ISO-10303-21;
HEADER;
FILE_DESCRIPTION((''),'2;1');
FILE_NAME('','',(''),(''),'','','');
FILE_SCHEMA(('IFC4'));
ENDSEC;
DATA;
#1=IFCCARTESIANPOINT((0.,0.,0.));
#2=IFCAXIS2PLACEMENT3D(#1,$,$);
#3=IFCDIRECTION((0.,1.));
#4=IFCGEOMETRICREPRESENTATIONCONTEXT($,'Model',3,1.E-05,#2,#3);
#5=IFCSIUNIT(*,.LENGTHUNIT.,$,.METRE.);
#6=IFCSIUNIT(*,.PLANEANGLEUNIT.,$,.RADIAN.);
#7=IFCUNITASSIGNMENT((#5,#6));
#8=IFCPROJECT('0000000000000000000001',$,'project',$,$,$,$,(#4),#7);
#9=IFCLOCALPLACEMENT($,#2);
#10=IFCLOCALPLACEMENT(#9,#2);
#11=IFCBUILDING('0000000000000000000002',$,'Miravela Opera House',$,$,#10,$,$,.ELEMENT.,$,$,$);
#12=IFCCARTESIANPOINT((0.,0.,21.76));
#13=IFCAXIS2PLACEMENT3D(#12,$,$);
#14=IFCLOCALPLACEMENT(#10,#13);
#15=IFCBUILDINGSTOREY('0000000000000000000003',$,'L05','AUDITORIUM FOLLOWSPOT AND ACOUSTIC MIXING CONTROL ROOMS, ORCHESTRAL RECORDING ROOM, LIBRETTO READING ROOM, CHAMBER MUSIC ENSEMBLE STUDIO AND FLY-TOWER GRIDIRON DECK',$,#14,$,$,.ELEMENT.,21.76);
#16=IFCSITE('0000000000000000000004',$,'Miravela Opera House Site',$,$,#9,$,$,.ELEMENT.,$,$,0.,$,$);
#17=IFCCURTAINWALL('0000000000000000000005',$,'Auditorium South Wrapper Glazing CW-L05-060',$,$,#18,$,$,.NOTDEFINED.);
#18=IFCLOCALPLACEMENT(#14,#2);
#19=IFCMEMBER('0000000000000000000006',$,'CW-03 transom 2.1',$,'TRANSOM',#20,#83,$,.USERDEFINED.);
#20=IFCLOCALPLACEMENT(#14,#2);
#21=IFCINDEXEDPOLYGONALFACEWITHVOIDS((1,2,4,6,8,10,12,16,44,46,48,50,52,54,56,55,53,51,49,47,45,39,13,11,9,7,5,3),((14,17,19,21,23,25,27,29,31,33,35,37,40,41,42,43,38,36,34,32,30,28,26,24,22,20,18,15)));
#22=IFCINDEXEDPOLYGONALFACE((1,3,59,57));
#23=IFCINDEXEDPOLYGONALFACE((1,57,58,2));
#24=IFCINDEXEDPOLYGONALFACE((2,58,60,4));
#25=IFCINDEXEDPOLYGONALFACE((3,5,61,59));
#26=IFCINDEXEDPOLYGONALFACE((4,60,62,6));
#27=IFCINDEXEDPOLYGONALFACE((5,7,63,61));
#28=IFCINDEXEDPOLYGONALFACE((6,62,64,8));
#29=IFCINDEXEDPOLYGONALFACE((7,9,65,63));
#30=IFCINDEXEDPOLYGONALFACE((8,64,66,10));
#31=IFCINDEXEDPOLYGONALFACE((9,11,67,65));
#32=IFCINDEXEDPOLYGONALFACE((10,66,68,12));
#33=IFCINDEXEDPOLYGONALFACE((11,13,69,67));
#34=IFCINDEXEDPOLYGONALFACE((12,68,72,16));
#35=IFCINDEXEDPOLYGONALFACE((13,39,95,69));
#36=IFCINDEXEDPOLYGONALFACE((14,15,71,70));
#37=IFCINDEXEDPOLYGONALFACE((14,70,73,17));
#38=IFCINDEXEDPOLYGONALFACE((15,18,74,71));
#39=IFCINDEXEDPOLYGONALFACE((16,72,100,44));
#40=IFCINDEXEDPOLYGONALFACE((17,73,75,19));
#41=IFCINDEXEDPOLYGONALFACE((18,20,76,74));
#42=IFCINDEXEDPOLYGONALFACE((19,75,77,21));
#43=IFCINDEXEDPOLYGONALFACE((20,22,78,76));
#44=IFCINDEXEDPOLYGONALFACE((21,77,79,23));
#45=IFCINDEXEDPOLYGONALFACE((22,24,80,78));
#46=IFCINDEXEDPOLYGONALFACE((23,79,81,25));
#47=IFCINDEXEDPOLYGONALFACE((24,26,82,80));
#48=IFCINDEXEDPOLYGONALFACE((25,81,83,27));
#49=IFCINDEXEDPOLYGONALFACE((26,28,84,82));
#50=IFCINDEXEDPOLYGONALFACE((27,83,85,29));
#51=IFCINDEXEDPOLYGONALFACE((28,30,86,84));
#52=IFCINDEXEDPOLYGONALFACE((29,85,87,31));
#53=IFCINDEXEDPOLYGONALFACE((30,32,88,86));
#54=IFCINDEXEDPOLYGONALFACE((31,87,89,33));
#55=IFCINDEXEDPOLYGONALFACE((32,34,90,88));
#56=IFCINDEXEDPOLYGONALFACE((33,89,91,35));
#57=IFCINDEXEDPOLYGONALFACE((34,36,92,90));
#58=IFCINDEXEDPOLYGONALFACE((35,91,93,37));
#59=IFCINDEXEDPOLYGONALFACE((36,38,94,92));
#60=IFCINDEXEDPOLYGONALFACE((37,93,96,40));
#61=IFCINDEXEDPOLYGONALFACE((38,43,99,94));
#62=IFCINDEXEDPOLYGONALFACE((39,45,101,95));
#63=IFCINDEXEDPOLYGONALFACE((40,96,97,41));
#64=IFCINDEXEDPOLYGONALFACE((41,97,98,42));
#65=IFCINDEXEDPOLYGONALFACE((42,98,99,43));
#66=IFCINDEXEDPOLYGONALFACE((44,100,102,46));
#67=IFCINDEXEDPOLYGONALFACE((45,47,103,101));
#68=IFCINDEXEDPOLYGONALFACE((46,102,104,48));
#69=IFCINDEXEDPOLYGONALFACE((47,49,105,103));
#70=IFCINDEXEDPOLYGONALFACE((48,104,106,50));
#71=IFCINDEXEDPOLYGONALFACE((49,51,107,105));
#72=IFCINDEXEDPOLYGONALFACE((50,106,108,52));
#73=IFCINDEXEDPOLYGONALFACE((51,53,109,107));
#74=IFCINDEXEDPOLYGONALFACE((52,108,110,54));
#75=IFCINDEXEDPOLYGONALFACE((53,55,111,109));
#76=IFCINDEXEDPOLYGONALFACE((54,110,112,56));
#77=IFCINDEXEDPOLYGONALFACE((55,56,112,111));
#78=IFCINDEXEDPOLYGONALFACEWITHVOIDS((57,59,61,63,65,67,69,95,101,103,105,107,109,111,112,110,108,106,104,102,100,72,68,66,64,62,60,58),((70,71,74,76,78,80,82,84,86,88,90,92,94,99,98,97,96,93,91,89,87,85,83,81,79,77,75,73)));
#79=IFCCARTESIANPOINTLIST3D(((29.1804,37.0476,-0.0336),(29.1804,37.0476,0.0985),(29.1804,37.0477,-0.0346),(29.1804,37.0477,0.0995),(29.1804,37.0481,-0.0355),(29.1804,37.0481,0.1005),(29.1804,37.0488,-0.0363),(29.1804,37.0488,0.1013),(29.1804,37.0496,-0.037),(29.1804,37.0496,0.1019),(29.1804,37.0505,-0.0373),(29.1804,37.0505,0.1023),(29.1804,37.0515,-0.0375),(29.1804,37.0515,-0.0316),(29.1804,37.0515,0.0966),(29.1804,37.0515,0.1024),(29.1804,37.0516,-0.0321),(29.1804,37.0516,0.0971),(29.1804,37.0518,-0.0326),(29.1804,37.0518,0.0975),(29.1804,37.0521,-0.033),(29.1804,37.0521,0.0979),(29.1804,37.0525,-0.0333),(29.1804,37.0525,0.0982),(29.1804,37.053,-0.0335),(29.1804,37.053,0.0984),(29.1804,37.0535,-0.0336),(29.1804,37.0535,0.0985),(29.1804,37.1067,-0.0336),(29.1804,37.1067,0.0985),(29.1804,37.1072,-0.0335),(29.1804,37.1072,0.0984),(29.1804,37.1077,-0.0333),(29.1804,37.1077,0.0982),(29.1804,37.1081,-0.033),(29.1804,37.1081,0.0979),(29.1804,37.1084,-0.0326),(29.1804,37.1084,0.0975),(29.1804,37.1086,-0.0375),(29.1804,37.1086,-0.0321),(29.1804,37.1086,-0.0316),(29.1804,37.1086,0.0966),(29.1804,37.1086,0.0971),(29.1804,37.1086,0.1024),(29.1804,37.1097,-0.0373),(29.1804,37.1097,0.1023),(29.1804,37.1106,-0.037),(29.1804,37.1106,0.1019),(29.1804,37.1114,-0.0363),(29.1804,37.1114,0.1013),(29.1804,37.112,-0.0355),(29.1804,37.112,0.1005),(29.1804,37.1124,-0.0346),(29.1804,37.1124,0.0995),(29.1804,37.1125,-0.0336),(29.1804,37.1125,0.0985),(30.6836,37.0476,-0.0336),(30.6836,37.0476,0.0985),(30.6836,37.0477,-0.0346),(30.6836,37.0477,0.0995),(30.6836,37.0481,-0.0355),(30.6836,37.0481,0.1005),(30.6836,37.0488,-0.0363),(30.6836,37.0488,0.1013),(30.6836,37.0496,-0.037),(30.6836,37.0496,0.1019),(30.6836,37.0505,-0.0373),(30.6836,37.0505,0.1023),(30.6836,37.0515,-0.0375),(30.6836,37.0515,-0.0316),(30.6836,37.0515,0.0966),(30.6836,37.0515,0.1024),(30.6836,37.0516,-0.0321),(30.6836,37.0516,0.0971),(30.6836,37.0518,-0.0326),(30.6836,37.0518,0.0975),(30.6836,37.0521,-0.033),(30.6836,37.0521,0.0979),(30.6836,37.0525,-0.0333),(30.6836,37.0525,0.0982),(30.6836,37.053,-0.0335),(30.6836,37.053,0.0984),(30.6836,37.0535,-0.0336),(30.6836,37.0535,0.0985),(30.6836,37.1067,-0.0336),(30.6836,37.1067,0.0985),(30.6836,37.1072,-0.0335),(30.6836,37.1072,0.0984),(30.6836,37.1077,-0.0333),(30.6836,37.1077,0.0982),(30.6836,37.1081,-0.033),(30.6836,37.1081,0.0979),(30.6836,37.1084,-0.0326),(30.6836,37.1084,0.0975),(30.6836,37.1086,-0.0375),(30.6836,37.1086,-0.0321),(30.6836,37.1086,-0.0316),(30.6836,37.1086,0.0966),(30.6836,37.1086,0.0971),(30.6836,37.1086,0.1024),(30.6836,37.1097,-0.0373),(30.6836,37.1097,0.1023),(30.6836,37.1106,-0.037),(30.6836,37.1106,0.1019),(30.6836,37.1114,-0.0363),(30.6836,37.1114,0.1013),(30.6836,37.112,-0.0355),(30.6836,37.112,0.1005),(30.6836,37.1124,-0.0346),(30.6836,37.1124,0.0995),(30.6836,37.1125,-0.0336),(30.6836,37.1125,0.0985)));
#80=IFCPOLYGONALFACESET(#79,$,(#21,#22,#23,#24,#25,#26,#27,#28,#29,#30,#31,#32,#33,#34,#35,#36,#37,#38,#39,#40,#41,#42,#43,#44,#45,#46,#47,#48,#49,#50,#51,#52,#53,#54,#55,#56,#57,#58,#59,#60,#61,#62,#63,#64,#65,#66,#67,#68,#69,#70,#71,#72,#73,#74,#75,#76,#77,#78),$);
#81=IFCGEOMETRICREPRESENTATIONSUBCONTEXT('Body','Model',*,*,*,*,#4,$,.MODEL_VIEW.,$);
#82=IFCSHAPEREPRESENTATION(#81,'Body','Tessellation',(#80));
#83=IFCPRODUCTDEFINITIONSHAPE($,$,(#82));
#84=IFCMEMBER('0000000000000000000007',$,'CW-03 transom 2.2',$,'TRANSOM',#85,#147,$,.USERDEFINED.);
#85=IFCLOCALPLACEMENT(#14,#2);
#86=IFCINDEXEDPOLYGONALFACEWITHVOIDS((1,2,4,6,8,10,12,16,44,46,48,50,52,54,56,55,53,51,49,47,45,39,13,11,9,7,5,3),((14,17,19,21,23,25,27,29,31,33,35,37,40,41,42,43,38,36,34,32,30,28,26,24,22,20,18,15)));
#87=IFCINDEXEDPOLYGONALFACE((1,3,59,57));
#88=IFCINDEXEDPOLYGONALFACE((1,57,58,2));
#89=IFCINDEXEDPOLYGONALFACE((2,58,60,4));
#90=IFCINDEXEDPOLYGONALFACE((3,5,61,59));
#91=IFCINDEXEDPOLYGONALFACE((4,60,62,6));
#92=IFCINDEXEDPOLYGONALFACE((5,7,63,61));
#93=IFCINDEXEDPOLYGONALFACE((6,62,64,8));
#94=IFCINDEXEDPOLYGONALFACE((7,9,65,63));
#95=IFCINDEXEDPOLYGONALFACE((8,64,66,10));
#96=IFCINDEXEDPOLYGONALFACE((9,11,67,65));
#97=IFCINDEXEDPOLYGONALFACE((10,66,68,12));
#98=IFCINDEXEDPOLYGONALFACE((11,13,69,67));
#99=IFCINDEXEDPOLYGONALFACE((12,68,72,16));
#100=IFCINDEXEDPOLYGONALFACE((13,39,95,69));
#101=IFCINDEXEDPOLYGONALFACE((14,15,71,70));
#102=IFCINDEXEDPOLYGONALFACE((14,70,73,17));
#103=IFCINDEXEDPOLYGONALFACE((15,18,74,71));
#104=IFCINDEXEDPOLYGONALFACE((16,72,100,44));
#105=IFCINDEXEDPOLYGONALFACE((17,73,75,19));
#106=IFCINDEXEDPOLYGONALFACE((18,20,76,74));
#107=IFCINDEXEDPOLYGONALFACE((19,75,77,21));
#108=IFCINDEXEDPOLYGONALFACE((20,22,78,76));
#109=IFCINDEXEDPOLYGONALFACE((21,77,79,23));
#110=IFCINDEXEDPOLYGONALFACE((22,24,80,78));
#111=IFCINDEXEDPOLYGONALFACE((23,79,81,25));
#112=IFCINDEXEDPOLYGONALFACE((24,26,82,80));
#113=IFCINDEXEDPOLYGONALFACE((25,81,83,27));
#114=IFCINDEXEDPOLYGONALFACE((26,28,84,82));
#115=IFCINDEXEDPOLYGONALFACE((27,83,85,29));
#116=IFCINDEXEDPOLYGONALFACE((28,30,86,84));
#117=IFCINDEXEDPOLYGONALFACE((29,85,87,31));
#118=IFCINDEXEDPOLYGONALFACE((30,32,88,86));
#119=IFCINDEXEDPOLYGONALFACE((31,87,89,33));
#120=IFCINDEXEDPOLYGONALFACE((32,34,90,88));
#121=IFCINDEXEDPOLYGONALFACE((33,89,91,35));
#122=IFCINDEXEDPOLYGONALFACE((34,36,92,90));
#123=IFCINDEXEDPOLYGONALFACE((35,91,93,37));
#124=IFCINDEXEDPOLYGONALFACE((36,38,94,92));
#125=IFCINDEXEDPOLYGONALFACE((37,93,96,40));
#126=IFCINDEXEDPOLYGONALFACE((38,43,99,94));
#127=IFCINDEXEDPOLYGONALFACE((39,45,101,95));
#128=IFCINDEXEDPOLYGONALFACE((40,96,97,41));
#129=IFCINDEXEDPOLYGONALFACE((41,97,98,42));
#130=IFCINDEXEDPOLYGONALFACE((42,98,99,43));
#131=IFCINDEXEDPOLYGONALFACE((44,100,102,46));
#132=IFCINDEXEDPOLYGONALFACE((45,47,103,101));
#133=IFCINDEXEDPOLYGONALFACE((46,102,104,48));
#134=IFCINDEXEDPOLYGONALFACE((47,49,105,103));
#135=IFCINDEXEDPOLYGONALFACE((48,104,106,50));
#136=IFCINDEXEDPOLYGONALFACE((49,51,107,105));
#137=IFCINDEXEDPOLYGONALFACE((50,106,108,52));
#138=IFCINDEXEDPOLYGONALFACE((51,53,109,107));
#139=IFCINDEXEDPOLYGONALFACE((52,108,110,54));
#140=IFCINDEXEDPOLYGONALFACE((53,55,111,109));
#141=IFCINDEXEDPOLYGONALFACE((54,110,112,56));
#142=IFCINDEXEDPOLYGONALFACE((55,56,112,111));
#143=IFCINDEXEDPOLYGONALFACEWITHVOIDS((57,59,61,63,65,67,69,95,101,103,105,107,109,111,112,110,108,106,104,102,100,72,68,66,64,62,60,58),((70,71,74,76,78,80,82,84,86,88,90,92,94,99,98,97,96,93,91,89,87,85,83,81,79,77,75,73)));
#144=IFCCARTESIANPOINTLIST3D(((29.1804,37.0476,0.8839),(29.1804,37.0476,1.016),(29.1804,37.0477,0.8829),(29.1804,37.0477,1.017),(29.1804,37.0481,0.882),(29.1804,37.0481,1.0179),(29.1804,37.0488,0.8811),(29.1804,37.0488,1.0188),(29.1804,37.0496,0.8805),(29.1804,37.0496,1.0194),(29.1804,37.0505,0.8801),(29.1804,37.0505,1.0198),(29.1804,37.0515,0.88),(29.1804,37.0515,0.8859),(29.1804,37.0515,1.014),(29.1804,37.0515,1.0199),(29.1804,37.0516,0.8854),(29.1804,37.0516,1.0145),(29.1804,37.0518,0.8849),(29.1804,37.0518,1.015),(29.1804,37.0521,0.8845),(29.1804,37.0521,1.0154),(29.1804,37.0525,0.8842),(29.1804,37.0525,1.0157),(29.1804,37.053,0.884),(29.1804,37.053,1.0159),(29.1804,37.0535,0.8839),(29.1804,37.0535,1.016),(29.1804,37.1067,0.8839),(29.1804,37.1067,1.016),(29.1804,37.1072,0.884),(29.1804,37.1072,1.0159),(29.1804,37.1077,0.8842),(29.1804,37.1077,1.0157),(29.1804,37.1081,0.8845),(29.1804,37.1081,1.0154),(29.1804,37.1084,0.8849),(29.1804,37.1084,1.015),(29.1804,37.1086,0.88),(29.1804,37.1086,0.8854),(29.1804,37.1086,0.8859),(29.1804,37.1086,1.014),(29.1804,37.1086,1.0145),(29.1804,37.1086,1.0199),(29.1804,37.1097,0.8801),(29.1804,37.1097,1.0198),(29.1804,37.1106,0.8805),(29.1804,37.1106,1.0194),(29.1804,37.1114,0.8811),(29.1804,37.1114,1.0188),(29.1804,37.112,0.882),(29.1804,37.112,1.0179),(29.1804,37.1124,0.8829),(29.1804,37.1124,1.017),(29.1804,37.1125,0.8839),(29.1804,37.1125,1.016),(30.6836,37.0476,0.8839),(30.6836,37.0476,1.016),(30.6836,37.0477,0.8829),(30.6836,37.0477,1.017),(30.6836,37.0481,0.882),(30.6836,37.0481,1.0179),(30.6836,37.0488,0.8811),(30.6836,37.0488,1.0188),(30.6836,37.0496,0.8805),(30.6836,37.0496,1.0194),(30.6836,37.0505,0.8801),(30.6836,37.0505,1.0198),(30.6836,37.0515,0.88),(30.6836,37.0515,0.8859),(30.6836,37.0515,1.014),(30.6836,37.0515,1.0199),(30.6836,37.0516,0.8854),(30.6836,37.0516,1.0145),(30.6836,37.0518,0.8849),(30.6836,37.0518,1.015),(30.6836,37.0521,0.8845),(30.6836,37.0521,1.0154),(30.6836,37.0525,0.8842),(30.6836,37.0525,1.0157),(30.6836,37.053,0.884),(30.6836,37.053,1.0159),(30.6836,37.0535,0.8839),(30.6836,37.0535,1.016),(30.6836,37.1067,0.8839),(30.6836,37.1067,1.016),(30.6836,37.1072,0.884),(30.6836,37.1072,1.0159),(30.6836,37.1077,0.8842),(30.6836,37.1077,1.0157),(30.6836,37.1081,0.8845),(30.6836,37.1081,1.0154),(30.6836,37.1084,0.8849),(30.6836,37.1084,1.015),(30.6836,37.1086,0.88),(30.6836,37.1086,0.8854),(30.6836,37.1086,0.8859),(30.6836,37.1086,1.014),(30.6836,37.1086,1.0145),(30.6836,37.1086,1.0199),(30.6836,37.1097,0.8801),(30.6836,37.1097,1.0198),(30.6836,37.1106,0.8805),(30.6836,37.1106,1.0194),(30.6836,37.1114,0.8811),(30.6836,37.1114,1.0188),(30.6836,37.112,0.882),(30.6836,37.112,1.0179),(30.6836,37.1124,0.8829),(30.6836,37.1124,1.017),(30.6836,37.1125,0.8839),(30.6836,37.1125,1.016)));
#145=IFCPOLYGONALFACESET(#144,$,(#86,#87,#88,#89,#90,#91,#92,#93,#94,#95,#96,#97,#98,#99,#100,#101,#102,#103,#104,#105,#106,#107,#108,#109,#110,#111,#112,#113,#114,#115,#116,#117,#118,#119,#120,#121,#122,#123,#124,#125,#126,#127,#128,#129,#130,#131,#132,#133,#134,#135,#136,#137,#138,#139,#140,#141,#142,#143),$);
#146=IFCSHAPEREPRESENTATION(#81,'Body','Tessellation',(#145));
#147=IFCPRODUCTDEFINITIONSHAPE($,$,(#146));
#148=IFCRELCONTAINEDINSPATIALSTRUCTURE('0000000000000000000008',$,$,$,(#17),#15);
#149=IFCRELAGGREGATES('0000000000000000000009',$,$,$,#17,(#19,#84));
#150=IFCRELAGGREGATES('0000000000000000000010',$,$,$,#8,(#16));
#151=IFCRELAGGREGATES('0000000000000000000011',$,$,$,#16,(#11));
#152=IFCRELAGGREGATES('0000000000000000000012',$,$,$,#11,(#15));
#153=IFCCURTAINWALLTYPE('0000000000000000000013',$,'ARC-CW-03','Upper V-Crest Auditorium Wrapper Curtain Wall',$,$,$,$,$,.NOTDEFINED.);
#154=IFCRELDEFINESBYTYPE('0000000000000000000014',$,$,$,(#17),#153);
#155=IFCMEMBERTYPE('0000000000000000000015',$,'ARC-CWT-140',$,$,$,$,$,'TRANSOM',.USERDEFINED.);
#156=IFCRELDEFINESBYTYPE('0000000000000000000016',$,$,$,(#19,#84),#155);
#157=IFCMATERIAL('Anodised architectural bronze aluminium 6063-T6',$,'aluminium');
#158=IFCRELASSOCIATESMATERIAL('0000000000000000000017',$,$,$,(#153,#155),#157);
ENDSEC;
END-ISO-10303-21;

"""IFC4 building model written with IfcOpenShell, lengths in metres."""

from ifc_helpers import new_model, si_unit, direction, frame, origin, origin_2d, place, context, subcontext, project, spatial, hollow_rectangle, extrude, material, material_profile, profile_set, type_object, element, aggregate, save


model = new_model("IFC4")

# Units and contexts
model_context = context("Model", 3, precision=1e-05, world=origin(), true_north=direction((0.0, 1.0)))
body_context = subcontext(model_context, "Body", "Model", "MODEL_VIEW")
ifc_project = project(units=[si_unit("LENGTHUNIT", "METRE"), si_unit("PLANEANGLEUNIT", "RADIAN")], contexts=[model_context])

# Site, building, storey
site_placement = place(None, origin())
site = spatial("IfcSite", under=ifc_project, at=site_placement, Name="Miravela Opera House Site", CompositionType="ELEMENT", RefElevation=0.0)
building_placement = place(site_placement, origin())
building = spatial("IfcBuilding", under=site, at=building_placement, Name="Miravela Opera House", CompositionType="ELEMENT")
storey_placement = place(building_placement, frame((0.0, 0.0, 21.76)))
storey = spatial("IfcBuildingStorey", under=building, at=storey_placement, Name="L05", Description="AUDITORIUM FOLLOWSPOT AND ACOUSTIC MIXING CONTROL ROOMS, ORCHESTRAL RECORDING ROOM, LIBRETTO READING ROOM, CHAMBER MUSIC ENSEMBLE STUDIO AND FLY-TOWER GRIDIRON DECK", CompositionType="ELEMENT", Elevation=21.76)

# Curtain wall, members
ifc_material_1 = material(Name="Anodised architectural bronze aluminium 6063-T6", Category="aluminium")
curtain_wall_type = type_object("IfcCurtainWallType", Name="ARC-CW-03", Description="Upper V-Crest Auditorium Wrapper Curtain Wall", PredefinedType="NOTDEFINED", material=ifc_material_1)
curtain_wall_placement = place(storey_placement, origin())
curtain_wall = element("IfcCurtainWall", 1, at=curtain_wall_placement, inside=storey, type_object=curtain_wall_type, Name="Auditorium South Wrapper Glazing CW-L05-060", PredefinedType="NOTDEFINED")
ifc_material_profile_1 = material_profile(ifc_material_1, hollow_rectangle(XDim=0.0649, YDim=0.1399, WallThickness=0.0039, InnerFilletRadius=0.002, OuterFilletRadius=0.0039, at=origin_2d()), Name="CWT-65X140")
ifc_profile_set_1 = profile_set([ifc_material_profile_1])
member_type_1 = type_object("IfcMemberType", Name="ARC-CWT-140", ElementType="TRANSOM", PredefinedType="USERDEFINED", material=ifc_profile_set_1)
member_1_placement = place(storey_placement, frame((29.1804, 37.0801, 0.0325), z_axis=(1.0, 0.0, 0.0), x_axis=(0.0, 1.0, 0.0)))
member_1 = element("IfcMember", 2, at=member_1_placement, type_object=member_type_1, Name="CW-03 transom 2.1", ObjectType="TRANSOM", PredefinedType="USERDEFINED", context=body_context, shape_type="SweptSolid", body=[
    extrude(hollow_rectangle(XDim=0.0649, YDim=0.1399, WallThickness=0.0039, InnerFilletRadius=0.002, OuterFilletRadius=0.0039, at=origin_2d()), origin(), (0.0, 0.0, 1.0), 1.5032),
])
member_2_placement = place(storey_placement, frame((29.1804, 37.0801, 0.95), z_axis=(1.0, 0.0, 0.0), x_axis=(0.0, 1.0, 0.0)))
member_2 = element("IfcMember", 3, at=member_2_placement, type_object=member_type_1, Name="CW-03 transom 2.2", ObjectType="TRANSOM", PredefinedType="USERDEFINED", context=body_context, shape_type="SweptSolid", body=[
    extrude(hollow_rectangle(XDim=0.0649, YDim=0.1399, WallThickness=0.0039, InnerFilletRadius=0.002, OuterFilletRadius=0.0039, at=origin_2d()), origin(), (0.0, 0.0, 1.0), 1.5032),
])
aggregate(curtain_wall, [member_1, member_2])

save(model, "model.ifc")
